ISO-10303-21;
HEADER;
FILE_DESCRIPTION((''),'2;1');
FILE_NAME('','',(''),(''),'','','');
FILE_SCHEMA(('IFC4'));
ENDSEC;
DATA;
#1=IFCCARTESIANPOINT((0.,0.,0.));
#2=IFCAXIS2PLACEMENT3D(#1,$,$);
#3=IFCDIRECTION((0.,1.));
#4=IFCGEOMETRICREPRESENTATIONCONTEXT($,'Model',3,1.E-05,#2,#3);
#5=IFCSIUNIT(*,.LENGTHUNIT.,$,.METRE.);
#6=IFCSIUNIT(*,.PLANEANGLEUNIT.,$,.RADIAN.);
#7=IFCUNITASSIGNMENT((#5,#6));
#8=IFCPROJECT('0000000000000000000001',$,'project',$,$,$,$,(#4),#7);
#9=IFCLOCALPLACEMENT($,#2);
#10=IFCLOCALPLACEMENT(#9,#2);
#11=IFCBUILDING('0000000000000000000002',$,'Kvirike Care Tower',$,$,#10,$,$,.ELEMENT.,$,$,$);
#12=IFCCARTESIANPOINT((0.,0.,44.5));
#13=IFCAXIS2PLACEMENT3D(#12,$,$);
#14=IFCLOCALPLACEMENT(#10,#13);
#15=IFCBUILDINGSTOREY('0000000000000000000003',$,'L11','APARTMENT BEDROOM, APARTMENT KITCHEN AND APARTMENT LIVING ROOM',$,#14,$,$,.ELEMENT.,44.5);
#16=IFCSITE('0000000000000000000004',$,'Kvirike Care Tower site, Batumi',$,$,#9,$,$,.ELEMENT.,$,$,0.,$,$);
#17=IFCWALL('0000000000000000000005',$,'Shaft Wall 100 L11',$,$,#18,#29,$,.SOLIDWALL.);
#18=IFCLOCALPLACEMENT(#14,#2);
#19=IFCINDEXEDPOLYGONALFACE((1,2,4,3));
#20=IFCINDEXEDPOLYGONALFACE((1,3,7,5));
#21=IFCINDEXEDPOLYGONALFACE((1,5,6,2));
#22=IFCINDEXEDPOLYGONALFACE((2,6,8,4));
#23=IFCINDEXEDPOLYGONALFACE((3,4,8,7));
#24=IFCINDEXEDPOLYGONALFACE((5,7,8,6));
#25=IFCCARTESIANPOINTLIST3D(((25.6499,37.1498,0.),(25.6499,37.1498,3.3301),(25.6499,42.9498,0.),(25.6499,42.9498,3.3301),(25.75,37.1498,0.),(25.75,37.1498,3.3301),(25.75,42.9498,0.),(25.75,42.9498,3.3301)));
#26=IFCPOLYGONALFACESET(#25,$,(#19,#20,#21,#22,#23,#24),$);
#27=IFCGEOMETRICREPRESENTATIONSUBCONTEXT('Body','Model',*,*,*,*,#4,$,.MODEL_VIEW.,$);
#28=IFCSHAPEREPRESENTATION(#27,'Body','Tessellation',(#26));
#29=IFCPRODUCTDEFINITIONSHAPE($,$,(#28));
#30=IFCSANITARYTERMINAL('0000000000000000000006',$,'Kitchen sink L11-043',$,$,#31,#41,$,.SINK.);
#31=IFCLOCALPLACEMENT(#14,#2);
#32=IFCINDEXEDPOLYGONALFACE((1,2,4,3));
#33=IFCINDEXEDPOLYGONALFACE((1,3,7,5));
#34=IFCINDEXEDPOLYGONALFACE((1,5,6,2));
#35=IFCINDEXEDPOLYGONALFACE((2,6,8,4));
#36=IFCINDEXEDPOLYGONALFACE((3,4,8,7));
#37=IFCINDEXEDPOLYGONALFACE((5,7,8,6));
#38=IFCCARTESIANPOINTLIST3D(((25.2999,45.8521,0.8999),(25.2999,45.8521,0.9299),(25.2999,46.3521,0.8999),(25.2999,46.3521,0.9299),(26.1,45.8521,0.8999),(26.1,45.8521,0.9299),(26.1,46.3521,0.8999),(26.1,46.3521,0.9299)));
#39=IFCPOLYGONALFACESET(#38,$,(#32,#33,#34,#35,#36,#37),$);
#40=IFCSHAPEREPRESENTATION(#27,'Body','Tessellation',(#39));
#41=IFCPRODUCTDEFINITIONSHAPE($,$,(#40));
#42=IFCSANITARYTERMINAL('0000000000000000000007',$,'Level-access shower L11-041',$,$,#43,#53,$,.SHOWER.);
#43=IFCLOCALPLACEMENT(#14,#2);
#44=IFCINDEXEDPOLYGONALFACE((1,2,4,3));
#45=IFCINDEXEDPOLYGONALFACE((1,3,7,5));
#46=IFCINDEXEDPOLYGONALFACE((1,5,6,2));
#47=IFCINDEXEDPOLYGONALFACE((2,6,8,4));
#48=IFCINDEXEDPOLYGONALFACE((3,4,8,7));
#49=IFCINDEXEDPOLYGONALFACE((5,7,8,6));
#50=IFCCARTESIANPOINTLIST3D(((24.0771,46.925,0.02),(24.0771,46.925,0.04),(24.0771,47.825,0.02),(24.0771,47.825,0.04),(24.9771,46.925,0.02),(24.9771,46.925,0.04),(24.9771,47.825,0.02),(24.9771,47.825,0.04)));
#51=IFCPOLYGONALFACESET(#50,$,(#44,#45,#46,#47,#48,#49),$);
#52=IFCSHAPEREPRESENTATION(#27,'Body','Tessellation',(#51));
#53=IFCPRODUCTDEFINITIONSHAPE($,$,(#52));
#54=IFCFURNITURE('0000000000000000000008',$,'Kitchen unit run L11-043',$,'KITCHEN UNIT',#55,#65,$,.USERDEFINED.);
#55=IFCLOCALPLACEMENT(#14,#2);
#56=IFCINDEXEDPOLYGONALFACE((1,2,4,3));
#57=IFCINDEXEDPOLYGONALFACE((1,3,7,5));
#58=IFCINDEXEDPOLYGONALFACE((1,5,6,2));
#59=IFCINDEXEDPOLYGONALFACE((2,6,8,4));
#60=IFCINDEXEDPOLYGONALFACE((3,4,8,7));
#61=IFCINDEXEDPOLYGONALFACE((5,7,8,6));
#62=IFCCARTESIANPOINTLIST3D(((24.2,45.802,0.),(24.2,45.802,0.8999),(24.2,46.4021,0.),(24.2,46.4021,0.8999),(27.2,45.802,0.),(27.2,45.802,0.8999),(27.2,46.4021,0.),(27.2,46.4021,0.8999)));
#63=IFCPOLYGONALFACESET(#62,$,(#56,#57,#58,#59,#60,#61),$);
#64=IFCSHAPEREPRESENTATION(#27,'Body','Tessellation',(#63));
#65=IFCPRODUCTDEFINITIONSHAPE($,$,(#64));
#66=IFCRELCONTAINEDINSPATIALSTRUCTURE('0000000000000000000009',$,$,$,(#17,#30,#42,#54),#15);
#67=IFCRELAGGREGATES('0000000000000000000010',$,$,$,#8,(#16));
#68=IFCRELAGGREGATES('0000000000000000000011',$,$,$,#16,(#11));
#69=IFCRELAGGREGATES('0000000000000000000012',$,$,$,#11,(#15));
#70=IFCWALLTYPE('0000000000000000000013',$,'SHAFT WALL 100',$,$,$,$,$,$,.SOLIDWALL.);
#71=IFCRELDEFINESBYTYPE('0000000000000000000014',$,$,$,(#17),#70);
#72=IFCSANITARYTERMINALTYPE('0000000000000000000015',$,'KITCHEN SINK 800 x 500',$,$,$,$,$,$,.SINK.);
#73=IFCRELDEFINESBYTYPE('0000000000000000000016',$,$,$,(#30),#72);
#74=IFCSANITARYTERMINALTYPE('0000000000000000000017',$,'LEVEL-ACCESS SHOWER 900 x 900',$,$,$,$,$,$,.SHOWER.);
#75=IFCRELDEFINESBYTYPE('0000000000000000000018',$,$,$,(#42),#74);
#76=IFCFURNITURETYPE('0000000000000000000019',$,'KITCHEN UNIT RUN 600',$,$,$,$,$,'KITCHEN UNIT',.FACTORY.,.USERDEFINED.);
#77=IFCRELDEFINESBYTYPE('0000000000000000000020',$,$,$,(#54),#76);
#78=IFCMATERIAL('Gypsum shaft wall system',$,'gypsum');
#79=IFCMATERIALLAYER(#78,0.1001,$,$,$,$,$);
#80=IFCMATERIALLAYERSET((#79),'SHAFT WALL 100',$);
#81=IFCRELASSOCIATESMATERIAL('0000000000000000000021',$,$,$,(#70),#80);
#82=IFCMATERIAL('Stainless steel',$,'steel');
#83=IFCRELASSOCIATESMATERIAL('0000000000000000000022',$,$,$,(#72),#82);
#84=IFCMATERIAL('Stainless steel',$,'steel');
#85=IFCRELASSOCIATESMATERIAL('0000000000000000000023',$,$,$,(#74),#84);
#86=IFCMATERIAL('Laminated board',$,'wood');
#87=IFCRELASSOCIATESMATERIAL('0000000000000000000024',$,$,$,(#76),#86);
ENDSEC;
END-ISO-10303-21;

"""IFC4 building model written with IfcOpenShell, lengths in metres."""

from ifc_helpers import new_model, si_unit, direction, frame, frame_2d, origin, origin_2d, place, context, subcontext, project, spatial, rectangle, extrude, material, layer, layer_set, type_object, element, save


model = new_model("IFC4")

# Units and contexts
model_context = context("Model", 3, precision=1e-05, world=origin(), true_north=direction((0.0, 1.0)))
body_context = subcontext(model_context, "Body", "Model", "MODEL_VIEW")
ifc_project = project(units=[si_unit("LENGTHUNIT", "METRE"), si_unit("PLANEANGLEUNIT", "RADIAN")], contexts=[model_context])

# Site, building, storey
site_placement = place(None, origin())
site = spatial("IfcSite", under=ifc_project, at=site_placement, Name="Kvirike Care Tower site, Batumi", CompositionType="ELEMENT", RefElevation=0.0)
building_placement = place(site_placement, origin())
building = spatial("IfcBuilding", under=site, at=building_placement, Name="Kvirike Care Tower", CompositionType="ELEMENT")
storey_placement = place(building_placement, frame((0.0, 0.0, 44.5)))
storey = spatial("IfcBuildingStorey", under=building, at=storey_placement, Name="L11", Description="APARTMENT BEDROOM, APARTMENT KITCHEN AND APARTMENT LIVING ROOM", CompositionType="ELEMENT", Elevation=44.5)

# Shared definitions
ifc_material_1 = material(Name="Gypsum shaft wall system", Category="gypsum")
ifc_layer_1 = layer(ifc_material_1, 0.1001)
ifc_layer_set_1 = layer_set([ifc_layer_1], Name="SHAFT WALL 100")
wall_type_1 = type_object("IfcWallType", Name="SHAFT WALL 100", PredefinedType="SOLIDWALL", material=ifc_layer_set_1)

# Wall
wall_1_placement = place(storey_placement, frame((25.7, 37.1499, 0.0), z_axis=(0.0, 0.0, 1.0), x_axis=(0.0, 1.0, 0.0)))
element("IfcWall", 1, at=wall_1_placement, inside=storey, type_object=wall_type_1, Name="Shaft Wall 100 L11", PredefinedType="SOLIDWALL", context=body_context, shape_type="SweptSolid", body=[
    extrude(rectangle(XDim=5.8, YDim=0.1001, at=frame_2d((2.8999, 0.0))), origin(), (0.0, 0.0, 1.0), 3.3301),
])

# Sanitary terminals
ifc_material_2 = material(Name="Stainless steel", Category="steel")
sanitary_terminal_type_1 = type_object("IfcSanitaryTerminalType", Name="KITCHEN SINK 800 x 500", PredefinedType="SINK", material=ifc_material_2)
sanitary_terminal_1_placement = place(storey_placement, frame((25.7, 46.1021, 0.8999), z_axis=(0.0, 0.0, 1.0), x_axis=(-1.0, 0.0, 0.0)))
element("IfcSanitaryTerminal", 2, at=sanitary_terminal_1_placement, inside=storey, type_object=sanitary_terminal_type_1, Name="Kitchen sink L11-043", PredefinedType="SINK", context=body_context, shape_type="SweptSolid", body=[
    extrude(rectangle(XDim=0.8, YDim=0.5, at=origin_2d()), origin(), (0.0, 0.0, 1.0), 0.03),
])
ifc_material_3 = material(Name="Stainless steel", Category="steel")
sanitary_terminal_type_2 = type_object("IfcSanitaryTerminalType", Name="LEVEL-ACCESS SHOWER 900 x 900", PredefinedType="SHOWER", material=ifc_material_3)
sanitary_terminal_2_placement = place(storey_placement, frame((24.5271, 47.375, 0.02), z_axis=(0.0, 0.0, 1.0), x_axis=(0.0, 1.0, 0.0)))
element("IfcSanitaryTerminal", 3, at=sanitary_terminal_2_placement, inside=storey, type_object=sanitary_terminal_type_2, Name="Level-access shower L11-041", PredefinedType="SHOWER", context=body_context, shape_type="SweptSolid", body=[
    extrude(rectangle(XDim=0.8999, YDim=0.8999, at=origin_2d()), origin(), (0.0, 0.0, 1.0), 0.02),
])

# Furniture
ifc_material_4 = material(Name="Laminated board", Category="wood")
furniture_type = type_object("IfcFurnitureType", Name="KITCHEN UNIT RUN 600", ElementType="KITCHEN UNIT", AssemblyPlace="FACTORY", PredefinedType="USERDEFINED", material=ifc_material_4)
furniture_placement = place(storey_placement, frame((25.7, 46.1021, 0.0), z_axis=(0.0, 0.0, 1.0), x_axis=(-1.0, 0.0, 0.0)))
element("IfcFurniture", 4, at=furniture_placement, inside=storey, type_object=furniture_type, Name="Kitchen unit run L11-043", ObjectType="KITCHEN UNIT", PredefinedType="USERDEFINED", context=body_context, shape_type="SweptSolid", body=[
    extrude(rectangle(XDim=3.0, YDim=0.6001, at=origin_2d()), origin(), (0.0, 0.0, 1.0), 0.8999),
])

save(model, "model.ifc")
